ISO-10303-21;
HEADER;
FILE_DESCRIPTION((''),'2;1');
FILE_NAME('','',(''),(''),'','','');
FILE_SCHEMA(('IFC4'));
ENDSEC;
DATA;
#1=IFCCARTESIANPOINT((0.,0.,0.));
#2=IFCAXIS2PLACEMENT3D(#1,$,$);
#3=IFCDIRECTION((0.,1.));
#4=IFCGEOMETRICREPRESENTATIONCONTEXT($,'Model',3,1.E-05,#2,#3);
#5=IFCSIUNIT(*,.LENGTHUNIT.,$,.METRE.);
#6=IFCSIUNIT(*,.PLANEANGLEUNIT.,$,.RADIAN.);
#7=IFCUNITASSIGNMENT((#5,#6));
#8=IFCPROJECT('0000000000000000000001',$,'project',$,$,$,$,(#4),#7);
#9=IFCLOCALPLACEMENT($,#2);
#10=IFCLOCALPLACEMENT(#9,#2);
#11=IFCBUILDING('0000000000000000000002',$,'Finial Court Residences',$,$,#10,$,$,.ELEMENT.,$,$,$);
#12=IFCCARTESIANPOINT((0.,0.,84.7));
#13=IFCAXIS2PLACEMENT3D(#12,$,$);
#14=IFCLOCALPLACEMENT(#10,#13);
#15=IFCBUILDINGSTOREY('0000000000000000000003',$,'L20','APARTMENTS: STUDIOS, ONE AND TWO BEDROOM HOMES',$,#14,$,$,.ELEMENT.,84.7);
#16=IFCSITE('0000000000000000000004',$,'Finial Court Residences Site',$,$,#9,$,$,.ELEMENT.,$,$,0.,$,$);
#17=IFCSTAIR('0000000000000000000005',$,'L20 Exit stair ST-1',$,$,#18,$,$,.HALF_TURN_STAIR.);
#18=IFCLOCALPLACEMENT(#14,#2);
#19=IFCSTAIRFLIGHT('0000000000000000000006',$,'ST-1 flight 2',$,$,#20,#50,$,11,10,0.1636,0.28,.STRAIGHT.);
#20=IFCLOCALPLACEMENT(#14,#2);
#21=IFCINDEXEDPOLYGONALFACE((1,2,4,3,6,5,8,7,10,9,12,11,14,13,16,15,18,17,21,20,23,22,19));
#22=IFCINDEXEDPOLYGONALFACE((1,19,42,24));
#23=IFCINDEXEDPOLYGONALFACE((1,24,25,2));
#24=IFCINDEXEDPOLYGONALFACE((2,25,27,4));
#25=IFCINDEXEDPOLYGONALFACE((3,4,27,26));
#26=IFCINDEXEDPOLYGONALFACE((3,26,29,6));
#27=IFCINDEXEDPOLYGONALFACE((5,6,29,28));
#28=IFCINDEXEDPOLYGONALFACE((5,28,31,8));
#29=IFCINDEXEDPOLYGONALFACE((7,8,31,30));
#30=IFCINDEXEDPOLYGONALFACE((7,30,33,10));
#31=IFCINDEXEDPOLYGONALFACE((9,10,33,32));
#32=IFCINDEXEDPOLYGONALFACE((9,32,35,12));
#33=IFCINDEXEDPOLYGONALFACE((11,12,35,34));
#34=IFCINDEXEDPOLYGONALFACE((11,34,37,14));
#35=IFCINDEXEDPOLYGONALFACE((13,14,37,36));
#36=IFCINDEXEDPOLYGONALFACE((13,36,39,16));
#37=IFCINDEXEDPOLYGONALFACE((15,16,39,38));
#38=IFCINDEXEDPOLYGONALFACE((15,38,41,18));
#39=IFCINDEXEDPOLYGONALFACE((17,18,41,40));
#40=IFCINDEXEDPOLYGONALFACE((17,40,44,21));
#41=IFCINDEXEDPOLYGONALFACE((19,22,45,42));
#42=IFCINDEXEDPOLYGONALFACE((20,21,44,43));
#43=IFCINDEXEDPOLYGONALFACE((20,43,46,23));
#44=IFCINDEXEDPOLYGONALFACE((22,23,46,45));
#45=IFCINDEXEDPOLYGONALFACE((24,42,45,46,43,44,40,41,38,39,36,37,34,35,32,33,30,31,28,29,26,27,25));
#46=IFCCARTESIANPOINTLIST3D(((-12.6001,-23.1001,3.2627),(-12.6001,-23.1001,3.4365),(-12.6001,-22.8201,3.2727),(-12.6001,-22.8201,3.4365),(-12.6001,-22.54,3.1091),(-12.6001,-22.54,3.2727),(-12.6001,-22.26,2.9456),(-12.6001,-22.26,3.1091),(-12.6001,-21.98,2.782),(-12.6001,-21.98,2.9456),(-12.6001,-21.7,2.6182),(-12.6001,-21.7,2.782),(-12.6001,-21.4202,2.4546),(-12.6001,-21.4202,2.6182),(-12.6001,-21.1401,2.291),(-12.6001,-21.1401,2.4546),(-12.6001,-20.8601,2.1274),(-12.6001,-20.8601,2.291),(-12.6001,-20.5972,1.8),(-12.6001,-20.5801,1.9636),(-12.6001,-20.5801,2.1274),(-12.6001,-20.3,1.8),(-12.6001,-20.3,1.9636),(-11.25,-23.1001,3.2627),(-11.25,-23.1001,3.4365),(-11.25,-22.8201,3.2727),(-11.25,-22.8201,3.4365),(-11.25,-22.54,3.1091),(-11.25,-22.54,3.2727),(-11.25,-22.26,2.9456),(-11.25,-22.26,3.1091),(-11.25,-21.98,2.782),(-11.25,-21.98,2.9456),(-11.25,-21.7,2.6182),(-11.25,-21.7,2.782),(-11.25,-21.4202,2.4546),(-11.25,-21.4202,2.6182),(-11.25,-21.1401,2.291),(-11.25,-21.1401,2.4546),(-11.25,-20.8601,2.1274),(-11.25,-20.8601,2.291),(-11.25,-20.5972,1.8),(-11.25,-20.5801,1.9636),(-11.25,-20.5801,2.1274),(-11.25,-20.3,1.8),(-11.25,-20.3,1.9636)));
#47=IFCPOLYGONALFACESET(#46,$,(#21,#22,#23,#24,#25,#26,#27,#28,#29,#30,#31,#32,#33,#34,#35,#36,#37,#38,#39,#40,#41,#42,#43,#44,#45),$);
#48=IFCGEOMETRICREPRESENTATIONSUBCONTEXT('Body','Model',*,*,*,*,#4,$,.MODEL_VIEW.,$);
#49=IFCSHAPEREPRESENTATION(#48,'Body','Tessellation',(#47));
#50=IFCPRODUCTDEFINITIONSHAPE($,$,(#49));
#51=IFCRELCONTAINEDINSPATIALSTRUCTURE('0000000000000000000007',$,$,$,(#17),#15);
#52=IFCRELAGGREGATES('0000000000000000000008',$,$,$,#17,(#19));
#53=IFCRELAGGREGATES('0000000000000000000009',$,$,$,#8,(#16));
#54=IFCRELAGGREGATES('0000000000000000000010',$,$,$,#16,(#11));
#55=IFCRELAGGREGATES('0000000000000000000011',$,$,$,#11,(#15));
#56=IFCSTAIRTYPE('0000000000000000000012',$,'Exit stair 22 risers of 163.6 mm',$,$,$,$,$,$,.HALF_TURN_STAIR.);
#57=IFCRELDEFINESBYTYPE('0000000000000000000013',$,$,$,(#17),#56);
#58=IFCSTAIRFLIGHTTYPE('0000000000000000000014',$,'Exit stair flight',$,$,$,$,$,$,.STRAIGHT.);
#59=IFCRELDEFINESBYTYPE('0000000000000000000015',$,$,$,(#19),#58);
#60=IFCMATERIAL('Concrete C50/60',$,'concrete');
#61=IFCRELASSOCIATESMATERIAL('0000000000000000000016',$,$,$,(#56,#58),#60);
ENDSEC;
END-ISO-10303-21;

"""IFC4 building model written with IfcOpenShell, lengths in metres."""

from ifc_helpers import new_model, si_unit, direction, frame, origin, place, context, subcontext, project, spatial, polyline, outline, extrude, material, type_object, element, aggregate, save


model = new_model("IFC4")

# Units and contexts
model_context = context("Model", 3, precision=1e-05, world=origin(), true_north=direction((0.0, 1.0)))
body_context = subcontext(model_context, "Body", "Model", "MODEL_VIEW")
ifc_project = project(units=[si_unit("LENGTHUNIT", "METRE"), si_unit("PLANEANGLEUNIT", "RADIAN")], contexts=[model_context])

# Site, building, storey
site_placement = place(None, origin())
site = spatial("IfcSite", under=ifc_project, at=site_placement, Name="Finial Court Residences Site", CompositionType="ELEMENT", RefElevation=0.0)
building_placement = place(site_placement, origin())
building = spatial("IfcBuilding", under=site, at=building_placement, Name="Finial Court Residences", CompositionType="ELEMENT")
storey_placement = place(building_placement, frame((0.0, 0.0, 84.7)))
storey = spatial("IfcBuildingStorey", under=building, at=storey_placement, Name="L20", Description="APARTMENTS: STUDIOS, ONE AND TWO BEDROOM HOMES", CompositionType="ELEMENT", Elevation=84.7)

# Stair, stair flight
ifc_material_1 = material(Name="Concrete C50/60", Category="concrete")
stair_type = type_object("IfcStairType", Name="Exit stair 22 risers of 163.6 mm", PredefinedType="HALF_TURN_STAIR", material=ifc_material_1)
stair_placement = place(storey_placement, origin())
stair = element("IfcStair", 1, at=stair_placement, inside=storey, type_object=stair_type, Name="L20 Exit stair ST-1", PredefinedType="HALF_TURN_STAIR")
stair_flight_type = type_object("IfcStairFlightType", Name="Exit stair flight", PredefinedType="STRAIGHT", material=ifc_material_1)
stair_flight_placement = place(storey_placement, frame((-11.925, -20.3, 1.8), z_axis=(0.0, 0.0, 1.0), x_axis=(0.0, -1.0, 0.0)))
stair_flight = element("IfcStairFlight", 2, at=stair_flight_placement, type_object=stair_flight_type, Name="ST-1 flight 2", NumberOfRisers=11, NumberOfTreads=10, PredefinedType="STRAIGHT", RiserHeight=0.1636, TreadLength=0.28, context=body_context, shape_type="SweptSolid", body=[
    extrude(outline(polyline([(0.0, 0.0), (0.0, 0.1636), (0.28, 0.1636), (0.28, 0.3274), (0.5601, 0.3274), (0.5601, 0.491), (0.8401, 0.491), (0.8401, 0.6545), (1.1201, 0.6545), (1.1201, 0.8181), (1.3999, 0.8181), (1.3999, 0.9819), (1.6799, 0.9819), (1.6799, 1.1455), (1.96, 1.1455), (1.96, 1.3091), (2.24, 1.3091), (2.24, 1.4727), (2.52, 1.4727), (2.52, 1.6365), (2.8, 1.6365), (2.8, 1.8), (2.8, 1.4626), (0.2971, 0.0), (0.0, 0.0)])), frame((0.0, 0.675, 0.0), z_axis=(0.0, -1.0, 0.0), x_axis=(1.0, 0.0, 0.0)), (0.0, 0.0, 1.0), 1.3501),
])
aggregate(stair, [stair_flight])

save(model, "model.ifc")
